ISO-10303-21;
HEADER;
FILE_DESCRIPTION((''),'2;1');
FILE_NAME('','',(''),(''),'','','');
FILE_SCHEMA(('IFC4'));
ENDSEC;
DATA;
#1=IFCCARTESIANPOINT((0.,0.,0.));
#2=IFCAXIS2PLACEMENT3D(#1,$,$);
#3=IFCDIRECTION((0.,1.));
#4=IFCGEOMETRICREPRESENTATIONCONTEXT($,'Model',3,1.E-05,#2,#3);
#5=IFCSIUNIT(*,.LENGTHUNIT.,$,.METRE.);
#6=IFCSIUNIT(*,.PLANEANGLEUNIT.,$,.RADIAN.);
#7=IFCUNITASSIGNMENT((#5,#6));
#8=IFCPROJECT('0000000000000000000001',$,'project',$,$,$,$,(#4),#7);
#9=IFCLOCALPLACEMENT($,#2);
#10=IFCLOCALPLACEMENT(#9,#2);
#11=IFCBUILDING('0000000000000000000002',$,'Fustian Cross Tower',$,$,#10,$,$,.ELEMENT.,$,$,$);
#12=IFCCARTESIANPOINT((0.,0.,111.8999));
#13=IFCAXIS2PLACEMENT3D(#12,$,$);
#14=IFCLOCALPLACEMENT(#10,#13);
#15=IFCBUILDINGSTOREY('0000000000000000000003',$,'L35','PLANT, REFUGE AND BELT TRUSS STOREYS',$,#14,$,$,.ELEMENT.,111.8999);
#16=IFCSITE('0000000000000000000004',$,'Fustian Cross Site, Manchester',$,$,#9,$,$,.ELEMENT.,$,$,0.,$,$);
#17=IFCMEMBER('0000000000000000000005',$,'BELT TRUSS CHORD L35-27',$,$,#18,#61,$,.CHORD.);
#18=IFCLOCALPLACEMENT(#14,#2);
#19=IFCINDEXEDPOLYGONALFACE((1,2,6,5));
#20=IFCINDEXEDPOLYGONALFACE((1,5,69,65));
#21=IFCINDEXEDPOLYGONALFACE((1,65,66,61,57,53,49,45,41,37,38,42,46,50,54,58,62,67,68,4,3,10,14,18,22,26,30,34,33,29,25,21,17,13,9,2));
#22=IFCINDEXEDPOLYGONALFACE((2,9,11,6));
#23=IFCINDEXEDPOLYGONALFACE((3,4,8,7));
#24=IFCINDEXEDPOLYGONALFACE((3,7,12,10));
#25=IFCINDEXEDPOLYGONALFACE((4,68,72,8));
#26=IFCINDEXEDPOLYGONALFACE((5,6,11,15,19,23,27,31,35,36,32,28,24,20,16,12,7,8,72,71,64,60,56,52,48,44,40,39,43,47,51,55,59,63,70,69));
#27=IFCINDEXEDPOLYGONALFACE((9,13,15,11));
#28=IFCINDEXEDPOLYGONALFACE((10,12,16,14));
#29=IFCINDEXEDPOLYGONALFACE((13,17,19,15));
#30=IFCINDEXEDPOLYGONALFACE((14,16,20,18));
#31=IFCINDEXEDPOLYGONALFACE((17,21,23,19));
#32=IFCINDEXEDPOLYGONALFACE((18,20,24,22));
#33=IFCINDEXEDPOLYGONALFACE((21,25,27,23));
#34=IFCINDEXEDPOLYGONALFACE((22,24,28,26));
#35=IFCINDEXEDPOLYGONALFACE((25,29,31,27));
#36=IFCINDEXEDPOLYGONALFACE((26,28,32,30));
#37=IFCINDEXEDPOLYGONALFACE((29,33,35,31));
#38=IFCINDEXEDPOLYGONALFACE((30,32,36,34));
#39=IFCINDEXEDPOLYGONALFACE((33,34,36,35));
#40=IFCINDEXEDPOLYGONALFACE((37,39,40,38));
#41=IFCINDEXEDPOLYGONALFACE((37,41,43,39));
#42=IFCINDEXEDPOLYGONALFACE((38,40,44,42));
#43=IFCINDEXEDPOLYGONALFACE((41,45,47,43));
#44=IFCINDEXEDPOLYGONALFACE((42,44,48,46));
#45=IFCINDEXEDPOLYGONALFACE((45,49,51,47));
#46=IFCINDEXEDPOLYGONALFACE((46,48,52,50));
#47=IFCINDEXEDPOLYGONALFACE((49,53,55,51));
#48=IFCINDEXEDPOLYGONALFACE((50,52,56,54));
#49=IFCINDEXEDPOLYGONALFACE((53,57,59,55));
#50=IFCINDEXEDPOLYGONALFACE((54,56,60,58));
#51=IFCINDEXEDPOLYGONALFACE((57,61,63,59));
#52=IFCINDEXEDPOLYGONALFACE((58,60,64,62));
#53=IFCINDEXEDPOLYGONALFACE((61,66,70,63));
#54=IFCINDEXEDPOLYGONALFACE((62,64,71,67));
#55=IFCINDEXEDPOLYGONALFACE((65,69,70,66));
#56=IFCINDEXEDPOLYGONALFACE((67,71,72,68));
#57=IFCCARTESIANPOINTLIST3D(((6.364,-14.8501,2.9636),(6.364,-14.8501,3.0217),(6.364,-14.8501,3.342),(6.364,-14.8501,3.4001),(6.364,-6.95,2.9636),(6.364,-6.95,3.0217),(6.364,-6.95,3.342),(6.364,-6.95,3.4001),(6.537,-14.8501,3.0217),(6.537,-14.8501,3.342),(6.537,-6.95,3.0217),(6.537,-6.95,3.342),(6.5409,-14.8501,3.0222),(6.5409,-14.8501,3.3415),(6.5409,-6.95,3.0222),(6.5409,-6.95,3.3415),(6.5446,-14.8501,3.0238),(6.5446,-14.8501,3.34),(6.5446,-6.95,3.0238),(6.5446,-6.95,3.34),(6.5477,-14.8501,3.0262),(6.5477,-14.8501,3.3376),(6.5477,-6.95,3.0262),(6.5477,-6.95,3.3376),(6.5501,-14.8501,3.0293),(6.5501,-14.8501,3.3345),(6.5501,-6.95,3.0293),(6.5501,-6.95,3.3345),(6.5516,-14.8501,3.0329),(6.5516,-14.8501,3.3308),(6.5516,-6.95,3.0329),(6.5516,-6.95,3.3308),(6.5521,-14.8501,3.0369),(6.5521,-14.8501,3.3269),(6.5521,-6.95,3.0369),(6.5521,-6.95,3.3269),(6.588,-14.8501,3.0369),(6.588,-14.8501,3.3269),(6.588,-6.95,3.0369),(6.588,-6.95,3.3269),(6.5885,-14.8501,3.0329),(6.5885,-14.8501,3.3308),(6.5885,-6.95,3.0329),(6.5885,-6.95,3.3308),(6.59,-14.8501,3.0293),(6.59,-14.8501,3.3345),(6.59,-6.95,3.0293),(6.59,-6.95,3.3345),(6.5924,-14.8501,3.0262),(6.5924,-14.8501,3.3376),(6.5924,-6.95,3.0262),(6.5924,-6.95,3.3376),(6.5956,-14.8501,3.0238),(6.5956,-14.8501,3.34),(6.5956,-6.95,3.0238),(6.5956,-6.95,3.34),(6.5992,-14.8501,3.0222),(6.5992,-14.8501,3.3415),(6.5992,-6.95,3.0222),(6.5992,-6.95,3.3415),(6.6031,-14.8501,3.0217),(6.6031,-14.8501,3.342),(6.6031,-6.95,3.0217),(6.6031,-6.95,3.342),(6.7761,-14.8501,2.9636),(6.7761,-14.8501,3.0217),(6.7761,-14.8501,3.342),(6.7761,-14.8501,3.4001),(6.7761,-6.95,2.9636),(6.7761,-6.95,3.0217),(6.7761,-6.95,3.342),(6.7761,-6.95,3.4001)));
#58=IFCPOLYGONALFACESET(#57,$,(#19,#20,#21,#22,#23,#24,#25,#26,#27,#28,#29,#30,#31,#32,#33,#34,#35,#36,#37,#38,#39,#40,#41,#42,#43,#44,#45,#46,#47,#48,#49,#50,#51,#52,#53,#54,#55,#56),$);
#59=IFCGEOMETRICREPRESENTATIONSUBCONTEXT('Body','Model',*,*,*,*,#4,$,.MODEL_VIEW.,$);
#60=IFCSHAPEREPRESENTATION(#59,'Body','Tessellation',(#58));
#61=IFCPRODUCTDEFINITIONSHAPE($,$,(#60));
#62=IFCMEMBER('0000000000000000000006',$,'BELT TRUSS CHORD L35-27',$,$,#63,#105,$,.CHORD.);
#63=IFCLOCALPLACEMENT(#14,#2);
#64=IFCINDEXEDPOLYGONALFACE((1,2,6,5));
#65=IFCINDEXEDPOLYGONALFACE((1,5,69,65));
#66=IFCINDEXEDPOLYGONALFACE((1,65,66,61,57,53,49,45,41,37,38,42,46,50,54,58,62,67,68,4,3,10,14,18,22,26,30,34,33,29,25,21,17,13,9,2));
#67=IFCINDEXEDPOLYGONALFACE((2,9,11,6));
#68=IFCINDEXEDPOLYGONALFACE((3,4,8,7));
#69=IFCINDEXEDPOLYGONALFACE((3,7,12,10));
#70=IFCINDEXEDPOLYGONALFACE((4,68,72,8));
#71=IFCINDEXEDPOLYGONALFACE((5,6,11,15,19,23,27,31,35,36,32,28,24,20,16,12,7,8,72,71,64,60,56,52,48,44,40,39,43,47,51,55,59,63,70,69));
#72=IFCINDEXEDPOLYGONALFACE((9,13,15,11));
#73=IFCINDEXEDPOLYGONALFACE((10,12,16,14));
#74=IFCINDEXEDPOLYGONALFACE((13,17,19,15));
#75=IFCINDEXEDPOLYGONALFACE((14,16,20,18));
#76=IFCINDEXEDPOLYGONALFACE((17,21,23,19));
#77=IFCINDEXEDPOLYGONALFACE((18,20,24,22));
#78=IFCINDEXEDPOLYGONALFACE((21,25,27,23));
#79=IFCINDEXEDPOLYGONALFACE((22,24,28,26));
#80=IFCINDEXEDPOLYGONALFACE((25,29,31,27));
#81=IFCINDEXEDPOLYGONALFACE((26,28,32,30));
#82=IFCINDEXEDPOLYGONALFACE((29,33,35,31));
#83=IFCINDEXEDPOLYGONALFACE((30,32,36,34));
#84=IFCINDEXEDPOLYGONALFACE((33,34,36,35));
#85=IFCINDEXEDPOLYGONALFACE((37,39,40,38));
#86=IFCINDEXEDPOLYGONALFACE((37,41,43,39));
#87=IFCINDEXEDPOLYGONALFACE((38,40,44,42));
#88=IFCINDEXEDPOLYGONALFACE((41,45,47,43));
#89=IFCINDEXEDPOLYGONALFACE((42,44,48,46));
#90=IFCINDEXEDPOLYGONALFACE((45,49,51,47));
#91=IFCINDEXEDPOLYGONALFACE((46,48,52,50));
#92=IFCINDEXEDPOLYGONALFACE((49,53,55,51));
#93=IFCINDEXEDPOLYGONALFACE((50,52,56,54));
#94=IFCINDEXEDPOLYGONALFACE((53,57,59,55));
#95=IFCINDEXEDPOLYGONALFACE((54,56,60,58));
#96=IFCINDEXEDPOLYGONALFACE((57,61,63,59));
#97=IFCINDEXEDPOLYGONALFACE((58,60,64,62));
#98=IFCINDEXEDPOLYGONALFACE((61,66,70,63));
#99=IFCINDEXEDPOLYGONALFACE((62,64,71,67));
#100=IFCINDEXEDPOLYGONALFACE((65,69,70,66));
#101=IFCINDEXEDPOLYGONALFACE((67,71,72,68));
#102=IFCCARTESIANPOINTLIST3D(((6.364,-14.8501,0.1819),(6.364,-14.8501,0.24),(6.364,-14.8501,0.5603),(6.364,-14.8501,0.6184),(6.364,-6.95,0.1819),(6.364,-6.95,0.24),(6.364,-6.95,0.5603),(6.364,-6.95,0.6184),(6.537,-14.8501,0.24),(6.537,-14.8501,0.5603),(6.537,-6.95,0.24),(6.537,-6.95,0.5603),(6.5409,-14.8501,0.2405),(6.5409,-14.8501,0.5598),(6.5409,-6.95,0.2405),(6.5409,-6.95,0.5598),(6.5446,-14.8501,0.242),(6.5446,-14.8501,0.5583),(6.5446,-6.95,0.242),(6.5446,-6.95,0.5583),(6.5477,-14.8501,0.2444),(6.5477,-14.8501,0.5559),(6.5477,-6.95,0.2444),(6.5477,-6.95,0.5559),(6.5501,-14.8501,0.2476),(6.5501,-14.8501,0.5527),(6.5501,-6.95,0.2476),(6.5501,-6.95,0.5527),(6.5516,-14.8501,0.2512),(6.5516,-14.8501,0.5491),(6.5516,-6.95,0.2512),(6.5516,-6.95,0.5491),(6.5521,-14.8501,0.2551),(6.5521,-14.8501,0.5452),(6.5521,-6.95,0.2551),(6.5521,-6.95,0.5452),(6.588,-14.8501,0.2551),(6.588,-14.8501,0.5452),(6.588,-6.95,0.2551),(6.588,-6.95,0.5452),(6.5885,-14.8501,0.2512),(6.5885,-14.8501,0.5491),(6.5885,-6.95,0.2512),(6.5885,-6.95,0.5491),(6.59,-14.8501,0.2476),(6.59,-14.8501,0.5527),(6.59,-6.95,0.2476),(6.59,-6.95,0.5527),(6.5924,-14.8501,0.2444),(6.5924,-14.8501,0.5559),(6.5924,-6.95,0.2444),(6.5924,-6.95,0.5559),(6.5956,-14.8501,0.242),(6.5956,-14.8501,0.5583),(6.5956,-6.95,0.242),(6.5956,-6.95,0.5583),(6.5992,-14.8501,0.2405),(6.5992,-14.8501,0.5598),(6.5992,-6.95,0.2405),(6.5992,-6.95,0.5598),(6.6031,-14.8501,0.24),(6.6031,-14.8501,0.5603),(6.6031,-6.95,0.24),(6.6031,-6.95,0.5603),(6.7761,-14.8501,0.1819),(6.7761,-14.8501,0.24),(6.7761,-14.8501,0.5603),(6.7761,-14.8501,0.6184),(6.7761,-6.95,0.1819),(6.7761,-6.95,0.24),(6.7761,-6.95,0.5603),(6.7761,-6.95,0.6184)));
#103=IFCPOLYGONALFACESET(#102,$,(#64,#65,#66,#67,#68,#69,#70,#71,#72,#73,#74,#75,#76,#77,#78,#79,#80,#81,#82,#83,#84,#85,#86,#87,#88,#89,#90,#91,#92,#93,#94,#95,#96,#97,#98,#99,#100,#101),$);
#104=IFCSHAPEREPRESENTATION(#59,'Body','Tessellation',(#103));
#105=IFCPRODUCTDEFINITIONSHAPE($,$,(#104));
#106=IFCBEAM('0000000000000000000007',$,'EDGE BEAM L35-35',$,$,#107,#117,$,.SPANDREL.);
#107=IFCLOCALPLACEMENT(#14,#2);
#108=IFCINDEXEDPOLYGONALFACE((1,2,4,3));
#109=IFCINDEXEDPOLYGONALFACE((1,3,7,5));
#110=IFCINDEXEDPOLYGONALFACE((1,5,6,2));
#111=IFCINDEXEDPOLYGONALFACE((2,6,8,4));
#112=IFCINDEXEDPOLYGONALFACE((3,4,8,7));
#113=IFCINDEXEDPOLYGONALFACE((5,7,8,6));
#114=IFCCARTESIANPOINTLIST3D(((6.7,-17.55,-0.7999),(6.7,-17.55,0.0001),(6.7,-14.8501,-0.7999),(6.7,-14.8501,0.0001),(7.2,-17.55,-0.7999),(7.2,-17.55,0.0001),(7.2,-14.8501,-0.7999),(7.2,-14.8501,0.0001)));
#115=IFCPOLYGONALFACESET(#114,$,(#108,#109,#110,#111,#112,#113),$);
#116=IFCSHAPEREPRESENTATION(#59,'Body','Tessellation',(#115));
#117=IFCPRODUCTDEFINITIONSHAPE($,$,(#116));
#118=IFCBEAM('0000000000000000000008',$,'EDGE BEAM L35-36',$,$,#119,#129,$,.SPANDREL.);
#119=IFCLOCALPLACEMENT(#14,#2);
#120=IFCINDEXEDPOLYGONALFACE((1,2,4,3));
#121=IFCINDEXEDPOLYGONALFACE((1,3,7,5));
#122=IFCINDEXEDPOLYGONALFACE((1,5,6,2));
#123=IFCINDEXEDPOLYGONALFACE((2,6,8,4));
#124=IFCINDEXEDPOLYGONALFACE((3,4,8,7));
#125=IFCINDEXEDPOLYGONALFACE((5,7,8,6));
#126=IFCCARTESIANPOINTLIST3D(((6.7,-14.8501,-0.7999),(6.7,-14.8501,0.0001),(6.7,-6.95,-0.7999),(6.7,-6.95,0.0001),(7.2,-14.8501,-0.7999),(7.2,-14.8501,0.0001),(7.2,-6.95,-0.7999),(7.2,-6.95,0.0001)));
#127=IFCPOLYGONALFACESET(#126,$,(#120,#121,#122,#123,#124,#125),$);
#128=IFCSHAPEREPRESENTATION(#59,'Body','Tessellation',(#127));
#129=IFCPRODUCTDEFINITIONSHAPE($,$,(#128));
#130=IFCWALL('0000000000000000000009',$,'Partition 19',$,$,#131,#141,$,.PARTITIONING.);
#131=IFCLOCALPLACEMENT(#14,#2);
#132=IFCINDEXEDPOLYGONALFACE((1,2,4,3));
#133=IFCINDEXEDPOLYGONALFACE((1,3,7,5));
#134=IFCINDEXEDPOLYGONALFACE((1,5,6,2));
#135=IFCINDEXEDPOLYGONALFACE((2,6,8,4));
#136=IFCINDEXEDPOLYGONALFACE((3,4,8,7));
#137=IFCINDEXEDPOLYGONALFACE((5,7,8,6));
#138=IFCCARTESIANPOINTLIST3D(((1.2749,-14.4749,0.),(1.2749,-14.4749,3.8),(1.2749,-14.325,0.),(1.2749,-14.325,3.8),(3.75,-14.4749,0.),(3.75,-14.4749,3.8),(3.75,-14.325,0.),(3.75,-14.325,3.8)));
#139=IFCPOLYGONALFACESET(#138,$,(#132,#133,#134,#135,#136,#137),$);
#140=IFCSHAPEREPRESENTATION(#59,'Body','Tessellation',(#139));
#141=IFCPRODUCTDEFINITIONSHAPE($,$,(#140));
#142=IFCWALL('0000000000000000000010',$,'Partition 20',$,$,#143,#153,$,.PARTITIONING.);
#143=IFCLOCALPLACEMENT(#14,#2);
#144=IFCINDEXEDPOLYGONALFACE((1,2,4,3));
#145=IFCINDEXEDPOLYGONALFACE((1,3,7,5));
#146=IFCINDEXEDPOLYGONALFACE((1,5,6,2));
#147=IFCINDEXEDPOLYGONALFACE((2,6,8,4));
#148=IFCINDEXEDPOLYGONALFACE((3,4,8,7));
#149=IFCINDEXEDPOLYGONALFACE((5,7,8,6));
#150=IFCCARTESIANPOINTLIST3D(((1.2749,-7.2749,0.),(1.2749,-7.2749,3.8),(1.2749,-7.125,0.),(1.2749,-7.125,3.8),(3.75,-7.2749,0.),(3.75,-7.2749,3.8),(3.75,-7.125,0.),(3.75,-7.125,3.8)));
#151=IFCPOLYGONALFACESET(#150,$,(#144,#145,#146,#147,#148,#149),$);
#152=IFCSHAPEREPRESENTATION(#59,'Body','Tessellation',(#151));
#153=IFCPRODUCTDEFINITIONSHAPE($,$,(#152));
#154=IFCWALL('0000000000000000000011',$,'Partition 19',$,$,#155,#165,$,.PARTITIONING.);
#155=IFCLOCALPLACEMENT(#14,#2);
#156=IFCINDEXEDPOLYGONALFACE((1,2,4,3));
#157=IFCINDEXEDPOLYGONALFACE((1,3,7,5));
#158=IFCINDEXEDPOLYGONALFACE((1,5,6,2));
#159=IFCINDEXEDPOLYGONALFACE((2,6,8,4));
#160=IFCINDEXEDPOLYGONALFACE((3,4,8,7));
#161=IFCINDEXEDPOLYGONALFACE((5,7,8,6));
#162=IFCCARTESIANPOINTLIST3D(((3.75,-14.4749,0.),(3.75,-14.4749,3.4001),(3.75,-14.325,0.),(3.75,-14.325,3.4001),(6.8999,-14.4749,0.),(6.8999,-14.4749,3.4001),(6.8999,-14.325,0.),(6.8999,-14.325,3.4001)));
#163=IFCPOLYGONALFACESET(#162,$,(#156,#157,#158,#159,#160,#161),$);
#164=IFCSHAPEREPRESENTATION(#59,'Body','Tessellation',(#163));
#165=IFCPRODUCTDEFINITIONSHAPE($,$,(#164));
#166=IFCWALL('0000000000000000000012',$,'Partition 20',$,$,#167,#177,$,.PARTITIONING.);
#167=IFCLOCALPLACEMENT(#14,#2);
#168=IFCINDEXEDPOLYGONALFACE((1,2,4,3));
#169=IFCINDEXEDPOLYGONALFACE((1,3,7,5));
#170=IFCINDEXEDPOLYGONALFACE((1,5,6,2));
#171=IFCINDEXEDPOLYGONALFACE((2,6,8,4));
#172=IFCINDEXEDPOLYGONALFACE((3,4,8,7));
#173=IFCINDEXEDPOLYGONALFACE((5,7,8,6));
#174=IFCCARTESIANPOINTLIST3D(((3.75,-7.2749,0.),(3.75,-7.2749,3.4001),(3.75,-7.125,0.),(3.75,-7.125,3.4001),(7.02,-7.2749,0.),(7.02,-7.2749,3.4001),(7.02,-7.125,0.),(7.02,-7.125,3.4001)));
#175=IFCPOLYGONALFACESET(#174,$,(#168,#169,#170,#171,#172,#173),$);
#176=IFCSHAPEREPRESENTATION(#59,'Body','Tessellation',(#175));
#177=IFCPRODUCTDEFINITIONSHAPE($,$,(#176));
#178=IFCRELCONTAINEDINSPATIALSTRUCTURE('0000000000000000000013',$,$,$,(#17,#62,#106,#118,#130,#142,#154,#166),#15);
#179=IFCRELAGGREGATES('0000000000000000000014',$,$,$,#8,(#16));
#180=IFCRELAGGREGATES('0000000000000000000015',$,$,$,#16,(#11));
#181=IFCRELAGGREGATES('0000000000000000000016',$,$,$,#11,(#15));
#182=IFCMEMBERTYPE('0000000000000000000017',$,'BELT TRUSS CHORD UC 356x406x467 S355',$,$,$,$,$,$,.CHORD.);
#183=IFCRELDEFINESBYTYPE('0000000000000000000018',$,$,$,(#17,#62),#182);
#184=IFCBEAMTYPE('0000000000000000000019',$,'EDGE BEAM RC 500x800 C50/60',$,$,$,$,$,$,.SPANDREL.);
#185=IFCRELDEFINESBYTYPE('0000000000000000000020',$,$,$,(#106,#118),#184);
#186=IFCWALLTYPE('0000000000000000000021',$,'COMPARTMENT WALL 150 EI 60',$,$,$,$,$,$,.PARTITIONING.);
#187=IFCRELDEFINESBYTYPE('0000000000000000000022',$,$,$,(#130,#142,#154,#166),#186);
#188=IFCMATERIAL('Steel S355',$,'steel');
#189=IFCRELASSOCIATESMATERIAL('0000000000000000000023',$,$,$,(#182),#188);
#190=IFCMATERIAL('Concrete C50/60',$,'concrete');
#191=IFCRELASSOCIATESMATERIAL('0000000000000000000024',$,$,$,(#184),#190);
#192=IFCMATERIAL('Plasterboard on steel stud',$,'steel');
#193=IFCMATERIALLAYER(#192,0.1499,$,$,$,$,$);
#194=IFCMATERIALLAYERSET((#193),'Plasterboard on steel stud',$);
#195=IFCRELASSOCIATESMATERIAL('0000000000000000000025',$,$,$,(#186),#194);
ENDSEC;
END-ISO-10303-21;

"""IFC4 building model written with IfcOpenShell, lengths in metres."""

from ifc_helpers import new_model, si_unit, direction, frame, frame_2d, origin, origin_2d, place, context, subcontext, project, spatial, rectangle, i_section, extrude, material, layer, layer_set, material_profile, profile_set, type_object, element, save


model = new_model("IFC4")

# Units and contexts
model_context = context("Model", 3, precision=1e-05, world=origin(), true_north=direction((0.0, 1.0)))
body_context = subcontext(model_context, "Body", "Model", "MODEL_VIEW")
ifc_project = project(units=[si_unit("LENGTHUNIT", "METRE"), si_unit("PLANEANGLEUNIT", "RADIAN")], contexts=[model_context])

# Site, building, storey
site_placement = place(None, origin())
site = spatial("IfcSite", under=ifc_project, at=site_placement, Name="Fustian Cross Site, Manchester", CompositionType="ELEMENT", RefElevation=0.0)
building_placement = place(site_placement, origin())
building = spatial("IfcBuilding", under=site, at=building_placement, Name="Fustian Cross Tower", CompositionType="ELEMENT")
storey_placement = place(building_placement, frame((0.0, 0.0, 111.8999)))
storey = spatial("IfcBuildingStorey", under=building, at=storey_placement, Name="L35", Description="PLANT, REFUGE AND BELT TRUSS STOREYS", CompositionType="ELEMENT", Elevation=111.8999)

# Members
ifc_material_1 = material(Name="Steel S355", Category="steel")
ifc_material_profile_1 = material_profile(ifc_material_1, i_section(OverallWidth=0.4121, OverallDepth=0.4365, WebThickness=0.0359, FlangeThickness=0.0581, FilletRadius=0.0151, at=origin_2d()), Name="UC 356x406x467")
ifc_profile_set_1 = profile_set([ifc_material_profile_1], Name="Steel S355")
member_type_1 = type_object("IfcMemberType", Name="BELT TRUSS CHORD UC 356x406x467 S355", PredefinedType="CHORD", material=ifc_profile_set_1)
for number, where, z_axis, x_axis, name in (
    (1, (6.5701, -14.8501, 3.1819), (0.0, 1.0, 0.0), (-1.0, 0.0, 0.0), "BELT TRUSS CHORD L35-27"),
    (2, (6.5701, -14.8501, 0.4001), (0.0, 1.0, 0.0), (-1.0, 0.0, 0.0), "BELT TRUSS CHORD L35-27"),
):
    element("IfcMember", number, at=place(storey_placement, frame(where, z_axis=z_axis, x_axis=x_axis)), inside=storey, type_object=member_type_1, Name=name, PredefinedType="CHORD", context=body_context, shape_type="SweptSolid", body=[
        extrude(i_section(OverallWidth=0.4121, OverallDepth=0.4365, WebThickness=0.0359, FlangeThickness=0.0581, FilletRadius=0.0151, at=origin_2d()), origin(), (0.0, 0.0, 1.0), 7.9001),
    ])

# Beams
ifc_material_2 = material(Name="Concrete C50/60", Category="concrete")
ifc_material_profile_2 = material_profile(ifc_material_2, rectangle(XDim=0.5, YDim=0.8, at=origin_2d()), Name="RC 500x800")
ifc_profile_set_2 = profile_set([ifc_material_profile_2], Name="Concrete C50/60")
beam_type = type_object("IfcBeamType", Name="EDGE BEAM RC 500x800 C50/60", PredefinedType="SPANDREL", material=ifc_profile_set_2)
beam_1_placement = place(storey_placement, frame((6.95, -17.55, -0.3999), z_axis=(0.0, 1.0, 0.0), x_axis=(-1.0, 0.0, 0.0)))
element("IfcBeam", 3, at=beam_1_placement, inside=storey, type_object=beam_type, Name="EDGE BEAM L35-35", PredefinedType="SPANDREL", context=body_context, shape_type="SweptSolid", body=[
    extrude(rectangle(XDim=0.5, YDim=0.8, at=origin_2d()), origin(), (0.0, 0.0, 1.0), 2.7),
])
beam_2_placement = place(storey_placement, frame((6.95, -14.8501, -0.3999), z_axis=(0.0, 1.0, 0.0), x_axis=(-1.0, 0.0, 0.0)))
element("IfcBeam", 4, at=beam_2_placement, inside=storey, type_object=beam_type, Name="EDGE BEAM L35-36", PredefinedType="SPANDREL", context=body_context, shape_type="SweptSolid", body=[
    extrude(rectangle(XDim=0.5, YDim=0.8, at=origin_2d()), origin(), (0.0, 0.0, 1.0), 7.9001),
])

# Walls
ifc_material_3 = material(Name="Plasterboard on steel stud", Category="steel")
ifc_layer_1 = layer(ifc_material_3, 0.1499)
ifc_layer_set_1 = layer_set([ifc_layer_1], Name="Plasterboard on steel stud")
wall_type_1 = type_object("IfcWallType", Name="COMPARTMENT WALL 150 EI 60", PredefinedType="PARTITIONING", material=ifc_layer_set_1)
for number, where, z_axis, x_axis, name in (
    (5, (1.2749, -14.3999, 0.0), (0.0, 0.0, 1.0), (1.0, 0.0, 0.0), "Partition 19"),
    (6, (1.2749, -7.2, 0.0), (0.0, 0.0, 1.0), (1.0, 0.0, 0.0), "Partition 20"),
):
    element("IfcWall", number, at=place(storey_placement, frame(where, z_axis=z_axis, x_axis=x_axis)), inside=storey, type_object=wall_type_1, Name=name, PredefinedType="PARTITIONING", context=body_context, shape_type="SweptSolid", body=[
        extrude(rectangle(XDim=2.4751, YDim=0.1499, at=frame_2d((1.2375, 0.0))), origin(), (0.0, 0.0, 1.0), 3.8),
    ])
wall_1_placement = place(storey_placement, frame((3.75, -14.3999, 0.0), z_axis=(0.0, 0.0, 1.0), x_axis=(1.0, 0.0, 0.0)))
element("IfcWall", 7, at=wall_1_placement, inside=storey, type_object=wall_type_1, Name="Partition 19", PredefinedType="PARTITIONING", context=body_context, shape_type="SweptSolid", body=[
    extrude(rectangle(XDim=3.1499, YDim=0.1499, at=frame_2d((1.575, 0.0))), origin(), (0.0, 0.0, 1.0), 3.4001),
])
wall_2_placement = place(storey_placement, frame((3.75, -7.2, 0.0), z_axis=(0.0, 0.0, 1.0), x_axis=(1.0, 0.0, 0.0)))
element("IfcWall", 8, at=wall_2_placement, inside=storey, type_object=wall_type_1, Name="Partition 20", PredefinedType="PARTITIONING", context=body_context, shape_type="SweptSolid", body=[
    extrude(rectangle(XDim=3.27, YDim=0.1499, at=frame_2d((1.635, 0.0))), origin(), (0.0, 0.0, 1.0), 3.4001),
])

save(model, "model.ifc")
